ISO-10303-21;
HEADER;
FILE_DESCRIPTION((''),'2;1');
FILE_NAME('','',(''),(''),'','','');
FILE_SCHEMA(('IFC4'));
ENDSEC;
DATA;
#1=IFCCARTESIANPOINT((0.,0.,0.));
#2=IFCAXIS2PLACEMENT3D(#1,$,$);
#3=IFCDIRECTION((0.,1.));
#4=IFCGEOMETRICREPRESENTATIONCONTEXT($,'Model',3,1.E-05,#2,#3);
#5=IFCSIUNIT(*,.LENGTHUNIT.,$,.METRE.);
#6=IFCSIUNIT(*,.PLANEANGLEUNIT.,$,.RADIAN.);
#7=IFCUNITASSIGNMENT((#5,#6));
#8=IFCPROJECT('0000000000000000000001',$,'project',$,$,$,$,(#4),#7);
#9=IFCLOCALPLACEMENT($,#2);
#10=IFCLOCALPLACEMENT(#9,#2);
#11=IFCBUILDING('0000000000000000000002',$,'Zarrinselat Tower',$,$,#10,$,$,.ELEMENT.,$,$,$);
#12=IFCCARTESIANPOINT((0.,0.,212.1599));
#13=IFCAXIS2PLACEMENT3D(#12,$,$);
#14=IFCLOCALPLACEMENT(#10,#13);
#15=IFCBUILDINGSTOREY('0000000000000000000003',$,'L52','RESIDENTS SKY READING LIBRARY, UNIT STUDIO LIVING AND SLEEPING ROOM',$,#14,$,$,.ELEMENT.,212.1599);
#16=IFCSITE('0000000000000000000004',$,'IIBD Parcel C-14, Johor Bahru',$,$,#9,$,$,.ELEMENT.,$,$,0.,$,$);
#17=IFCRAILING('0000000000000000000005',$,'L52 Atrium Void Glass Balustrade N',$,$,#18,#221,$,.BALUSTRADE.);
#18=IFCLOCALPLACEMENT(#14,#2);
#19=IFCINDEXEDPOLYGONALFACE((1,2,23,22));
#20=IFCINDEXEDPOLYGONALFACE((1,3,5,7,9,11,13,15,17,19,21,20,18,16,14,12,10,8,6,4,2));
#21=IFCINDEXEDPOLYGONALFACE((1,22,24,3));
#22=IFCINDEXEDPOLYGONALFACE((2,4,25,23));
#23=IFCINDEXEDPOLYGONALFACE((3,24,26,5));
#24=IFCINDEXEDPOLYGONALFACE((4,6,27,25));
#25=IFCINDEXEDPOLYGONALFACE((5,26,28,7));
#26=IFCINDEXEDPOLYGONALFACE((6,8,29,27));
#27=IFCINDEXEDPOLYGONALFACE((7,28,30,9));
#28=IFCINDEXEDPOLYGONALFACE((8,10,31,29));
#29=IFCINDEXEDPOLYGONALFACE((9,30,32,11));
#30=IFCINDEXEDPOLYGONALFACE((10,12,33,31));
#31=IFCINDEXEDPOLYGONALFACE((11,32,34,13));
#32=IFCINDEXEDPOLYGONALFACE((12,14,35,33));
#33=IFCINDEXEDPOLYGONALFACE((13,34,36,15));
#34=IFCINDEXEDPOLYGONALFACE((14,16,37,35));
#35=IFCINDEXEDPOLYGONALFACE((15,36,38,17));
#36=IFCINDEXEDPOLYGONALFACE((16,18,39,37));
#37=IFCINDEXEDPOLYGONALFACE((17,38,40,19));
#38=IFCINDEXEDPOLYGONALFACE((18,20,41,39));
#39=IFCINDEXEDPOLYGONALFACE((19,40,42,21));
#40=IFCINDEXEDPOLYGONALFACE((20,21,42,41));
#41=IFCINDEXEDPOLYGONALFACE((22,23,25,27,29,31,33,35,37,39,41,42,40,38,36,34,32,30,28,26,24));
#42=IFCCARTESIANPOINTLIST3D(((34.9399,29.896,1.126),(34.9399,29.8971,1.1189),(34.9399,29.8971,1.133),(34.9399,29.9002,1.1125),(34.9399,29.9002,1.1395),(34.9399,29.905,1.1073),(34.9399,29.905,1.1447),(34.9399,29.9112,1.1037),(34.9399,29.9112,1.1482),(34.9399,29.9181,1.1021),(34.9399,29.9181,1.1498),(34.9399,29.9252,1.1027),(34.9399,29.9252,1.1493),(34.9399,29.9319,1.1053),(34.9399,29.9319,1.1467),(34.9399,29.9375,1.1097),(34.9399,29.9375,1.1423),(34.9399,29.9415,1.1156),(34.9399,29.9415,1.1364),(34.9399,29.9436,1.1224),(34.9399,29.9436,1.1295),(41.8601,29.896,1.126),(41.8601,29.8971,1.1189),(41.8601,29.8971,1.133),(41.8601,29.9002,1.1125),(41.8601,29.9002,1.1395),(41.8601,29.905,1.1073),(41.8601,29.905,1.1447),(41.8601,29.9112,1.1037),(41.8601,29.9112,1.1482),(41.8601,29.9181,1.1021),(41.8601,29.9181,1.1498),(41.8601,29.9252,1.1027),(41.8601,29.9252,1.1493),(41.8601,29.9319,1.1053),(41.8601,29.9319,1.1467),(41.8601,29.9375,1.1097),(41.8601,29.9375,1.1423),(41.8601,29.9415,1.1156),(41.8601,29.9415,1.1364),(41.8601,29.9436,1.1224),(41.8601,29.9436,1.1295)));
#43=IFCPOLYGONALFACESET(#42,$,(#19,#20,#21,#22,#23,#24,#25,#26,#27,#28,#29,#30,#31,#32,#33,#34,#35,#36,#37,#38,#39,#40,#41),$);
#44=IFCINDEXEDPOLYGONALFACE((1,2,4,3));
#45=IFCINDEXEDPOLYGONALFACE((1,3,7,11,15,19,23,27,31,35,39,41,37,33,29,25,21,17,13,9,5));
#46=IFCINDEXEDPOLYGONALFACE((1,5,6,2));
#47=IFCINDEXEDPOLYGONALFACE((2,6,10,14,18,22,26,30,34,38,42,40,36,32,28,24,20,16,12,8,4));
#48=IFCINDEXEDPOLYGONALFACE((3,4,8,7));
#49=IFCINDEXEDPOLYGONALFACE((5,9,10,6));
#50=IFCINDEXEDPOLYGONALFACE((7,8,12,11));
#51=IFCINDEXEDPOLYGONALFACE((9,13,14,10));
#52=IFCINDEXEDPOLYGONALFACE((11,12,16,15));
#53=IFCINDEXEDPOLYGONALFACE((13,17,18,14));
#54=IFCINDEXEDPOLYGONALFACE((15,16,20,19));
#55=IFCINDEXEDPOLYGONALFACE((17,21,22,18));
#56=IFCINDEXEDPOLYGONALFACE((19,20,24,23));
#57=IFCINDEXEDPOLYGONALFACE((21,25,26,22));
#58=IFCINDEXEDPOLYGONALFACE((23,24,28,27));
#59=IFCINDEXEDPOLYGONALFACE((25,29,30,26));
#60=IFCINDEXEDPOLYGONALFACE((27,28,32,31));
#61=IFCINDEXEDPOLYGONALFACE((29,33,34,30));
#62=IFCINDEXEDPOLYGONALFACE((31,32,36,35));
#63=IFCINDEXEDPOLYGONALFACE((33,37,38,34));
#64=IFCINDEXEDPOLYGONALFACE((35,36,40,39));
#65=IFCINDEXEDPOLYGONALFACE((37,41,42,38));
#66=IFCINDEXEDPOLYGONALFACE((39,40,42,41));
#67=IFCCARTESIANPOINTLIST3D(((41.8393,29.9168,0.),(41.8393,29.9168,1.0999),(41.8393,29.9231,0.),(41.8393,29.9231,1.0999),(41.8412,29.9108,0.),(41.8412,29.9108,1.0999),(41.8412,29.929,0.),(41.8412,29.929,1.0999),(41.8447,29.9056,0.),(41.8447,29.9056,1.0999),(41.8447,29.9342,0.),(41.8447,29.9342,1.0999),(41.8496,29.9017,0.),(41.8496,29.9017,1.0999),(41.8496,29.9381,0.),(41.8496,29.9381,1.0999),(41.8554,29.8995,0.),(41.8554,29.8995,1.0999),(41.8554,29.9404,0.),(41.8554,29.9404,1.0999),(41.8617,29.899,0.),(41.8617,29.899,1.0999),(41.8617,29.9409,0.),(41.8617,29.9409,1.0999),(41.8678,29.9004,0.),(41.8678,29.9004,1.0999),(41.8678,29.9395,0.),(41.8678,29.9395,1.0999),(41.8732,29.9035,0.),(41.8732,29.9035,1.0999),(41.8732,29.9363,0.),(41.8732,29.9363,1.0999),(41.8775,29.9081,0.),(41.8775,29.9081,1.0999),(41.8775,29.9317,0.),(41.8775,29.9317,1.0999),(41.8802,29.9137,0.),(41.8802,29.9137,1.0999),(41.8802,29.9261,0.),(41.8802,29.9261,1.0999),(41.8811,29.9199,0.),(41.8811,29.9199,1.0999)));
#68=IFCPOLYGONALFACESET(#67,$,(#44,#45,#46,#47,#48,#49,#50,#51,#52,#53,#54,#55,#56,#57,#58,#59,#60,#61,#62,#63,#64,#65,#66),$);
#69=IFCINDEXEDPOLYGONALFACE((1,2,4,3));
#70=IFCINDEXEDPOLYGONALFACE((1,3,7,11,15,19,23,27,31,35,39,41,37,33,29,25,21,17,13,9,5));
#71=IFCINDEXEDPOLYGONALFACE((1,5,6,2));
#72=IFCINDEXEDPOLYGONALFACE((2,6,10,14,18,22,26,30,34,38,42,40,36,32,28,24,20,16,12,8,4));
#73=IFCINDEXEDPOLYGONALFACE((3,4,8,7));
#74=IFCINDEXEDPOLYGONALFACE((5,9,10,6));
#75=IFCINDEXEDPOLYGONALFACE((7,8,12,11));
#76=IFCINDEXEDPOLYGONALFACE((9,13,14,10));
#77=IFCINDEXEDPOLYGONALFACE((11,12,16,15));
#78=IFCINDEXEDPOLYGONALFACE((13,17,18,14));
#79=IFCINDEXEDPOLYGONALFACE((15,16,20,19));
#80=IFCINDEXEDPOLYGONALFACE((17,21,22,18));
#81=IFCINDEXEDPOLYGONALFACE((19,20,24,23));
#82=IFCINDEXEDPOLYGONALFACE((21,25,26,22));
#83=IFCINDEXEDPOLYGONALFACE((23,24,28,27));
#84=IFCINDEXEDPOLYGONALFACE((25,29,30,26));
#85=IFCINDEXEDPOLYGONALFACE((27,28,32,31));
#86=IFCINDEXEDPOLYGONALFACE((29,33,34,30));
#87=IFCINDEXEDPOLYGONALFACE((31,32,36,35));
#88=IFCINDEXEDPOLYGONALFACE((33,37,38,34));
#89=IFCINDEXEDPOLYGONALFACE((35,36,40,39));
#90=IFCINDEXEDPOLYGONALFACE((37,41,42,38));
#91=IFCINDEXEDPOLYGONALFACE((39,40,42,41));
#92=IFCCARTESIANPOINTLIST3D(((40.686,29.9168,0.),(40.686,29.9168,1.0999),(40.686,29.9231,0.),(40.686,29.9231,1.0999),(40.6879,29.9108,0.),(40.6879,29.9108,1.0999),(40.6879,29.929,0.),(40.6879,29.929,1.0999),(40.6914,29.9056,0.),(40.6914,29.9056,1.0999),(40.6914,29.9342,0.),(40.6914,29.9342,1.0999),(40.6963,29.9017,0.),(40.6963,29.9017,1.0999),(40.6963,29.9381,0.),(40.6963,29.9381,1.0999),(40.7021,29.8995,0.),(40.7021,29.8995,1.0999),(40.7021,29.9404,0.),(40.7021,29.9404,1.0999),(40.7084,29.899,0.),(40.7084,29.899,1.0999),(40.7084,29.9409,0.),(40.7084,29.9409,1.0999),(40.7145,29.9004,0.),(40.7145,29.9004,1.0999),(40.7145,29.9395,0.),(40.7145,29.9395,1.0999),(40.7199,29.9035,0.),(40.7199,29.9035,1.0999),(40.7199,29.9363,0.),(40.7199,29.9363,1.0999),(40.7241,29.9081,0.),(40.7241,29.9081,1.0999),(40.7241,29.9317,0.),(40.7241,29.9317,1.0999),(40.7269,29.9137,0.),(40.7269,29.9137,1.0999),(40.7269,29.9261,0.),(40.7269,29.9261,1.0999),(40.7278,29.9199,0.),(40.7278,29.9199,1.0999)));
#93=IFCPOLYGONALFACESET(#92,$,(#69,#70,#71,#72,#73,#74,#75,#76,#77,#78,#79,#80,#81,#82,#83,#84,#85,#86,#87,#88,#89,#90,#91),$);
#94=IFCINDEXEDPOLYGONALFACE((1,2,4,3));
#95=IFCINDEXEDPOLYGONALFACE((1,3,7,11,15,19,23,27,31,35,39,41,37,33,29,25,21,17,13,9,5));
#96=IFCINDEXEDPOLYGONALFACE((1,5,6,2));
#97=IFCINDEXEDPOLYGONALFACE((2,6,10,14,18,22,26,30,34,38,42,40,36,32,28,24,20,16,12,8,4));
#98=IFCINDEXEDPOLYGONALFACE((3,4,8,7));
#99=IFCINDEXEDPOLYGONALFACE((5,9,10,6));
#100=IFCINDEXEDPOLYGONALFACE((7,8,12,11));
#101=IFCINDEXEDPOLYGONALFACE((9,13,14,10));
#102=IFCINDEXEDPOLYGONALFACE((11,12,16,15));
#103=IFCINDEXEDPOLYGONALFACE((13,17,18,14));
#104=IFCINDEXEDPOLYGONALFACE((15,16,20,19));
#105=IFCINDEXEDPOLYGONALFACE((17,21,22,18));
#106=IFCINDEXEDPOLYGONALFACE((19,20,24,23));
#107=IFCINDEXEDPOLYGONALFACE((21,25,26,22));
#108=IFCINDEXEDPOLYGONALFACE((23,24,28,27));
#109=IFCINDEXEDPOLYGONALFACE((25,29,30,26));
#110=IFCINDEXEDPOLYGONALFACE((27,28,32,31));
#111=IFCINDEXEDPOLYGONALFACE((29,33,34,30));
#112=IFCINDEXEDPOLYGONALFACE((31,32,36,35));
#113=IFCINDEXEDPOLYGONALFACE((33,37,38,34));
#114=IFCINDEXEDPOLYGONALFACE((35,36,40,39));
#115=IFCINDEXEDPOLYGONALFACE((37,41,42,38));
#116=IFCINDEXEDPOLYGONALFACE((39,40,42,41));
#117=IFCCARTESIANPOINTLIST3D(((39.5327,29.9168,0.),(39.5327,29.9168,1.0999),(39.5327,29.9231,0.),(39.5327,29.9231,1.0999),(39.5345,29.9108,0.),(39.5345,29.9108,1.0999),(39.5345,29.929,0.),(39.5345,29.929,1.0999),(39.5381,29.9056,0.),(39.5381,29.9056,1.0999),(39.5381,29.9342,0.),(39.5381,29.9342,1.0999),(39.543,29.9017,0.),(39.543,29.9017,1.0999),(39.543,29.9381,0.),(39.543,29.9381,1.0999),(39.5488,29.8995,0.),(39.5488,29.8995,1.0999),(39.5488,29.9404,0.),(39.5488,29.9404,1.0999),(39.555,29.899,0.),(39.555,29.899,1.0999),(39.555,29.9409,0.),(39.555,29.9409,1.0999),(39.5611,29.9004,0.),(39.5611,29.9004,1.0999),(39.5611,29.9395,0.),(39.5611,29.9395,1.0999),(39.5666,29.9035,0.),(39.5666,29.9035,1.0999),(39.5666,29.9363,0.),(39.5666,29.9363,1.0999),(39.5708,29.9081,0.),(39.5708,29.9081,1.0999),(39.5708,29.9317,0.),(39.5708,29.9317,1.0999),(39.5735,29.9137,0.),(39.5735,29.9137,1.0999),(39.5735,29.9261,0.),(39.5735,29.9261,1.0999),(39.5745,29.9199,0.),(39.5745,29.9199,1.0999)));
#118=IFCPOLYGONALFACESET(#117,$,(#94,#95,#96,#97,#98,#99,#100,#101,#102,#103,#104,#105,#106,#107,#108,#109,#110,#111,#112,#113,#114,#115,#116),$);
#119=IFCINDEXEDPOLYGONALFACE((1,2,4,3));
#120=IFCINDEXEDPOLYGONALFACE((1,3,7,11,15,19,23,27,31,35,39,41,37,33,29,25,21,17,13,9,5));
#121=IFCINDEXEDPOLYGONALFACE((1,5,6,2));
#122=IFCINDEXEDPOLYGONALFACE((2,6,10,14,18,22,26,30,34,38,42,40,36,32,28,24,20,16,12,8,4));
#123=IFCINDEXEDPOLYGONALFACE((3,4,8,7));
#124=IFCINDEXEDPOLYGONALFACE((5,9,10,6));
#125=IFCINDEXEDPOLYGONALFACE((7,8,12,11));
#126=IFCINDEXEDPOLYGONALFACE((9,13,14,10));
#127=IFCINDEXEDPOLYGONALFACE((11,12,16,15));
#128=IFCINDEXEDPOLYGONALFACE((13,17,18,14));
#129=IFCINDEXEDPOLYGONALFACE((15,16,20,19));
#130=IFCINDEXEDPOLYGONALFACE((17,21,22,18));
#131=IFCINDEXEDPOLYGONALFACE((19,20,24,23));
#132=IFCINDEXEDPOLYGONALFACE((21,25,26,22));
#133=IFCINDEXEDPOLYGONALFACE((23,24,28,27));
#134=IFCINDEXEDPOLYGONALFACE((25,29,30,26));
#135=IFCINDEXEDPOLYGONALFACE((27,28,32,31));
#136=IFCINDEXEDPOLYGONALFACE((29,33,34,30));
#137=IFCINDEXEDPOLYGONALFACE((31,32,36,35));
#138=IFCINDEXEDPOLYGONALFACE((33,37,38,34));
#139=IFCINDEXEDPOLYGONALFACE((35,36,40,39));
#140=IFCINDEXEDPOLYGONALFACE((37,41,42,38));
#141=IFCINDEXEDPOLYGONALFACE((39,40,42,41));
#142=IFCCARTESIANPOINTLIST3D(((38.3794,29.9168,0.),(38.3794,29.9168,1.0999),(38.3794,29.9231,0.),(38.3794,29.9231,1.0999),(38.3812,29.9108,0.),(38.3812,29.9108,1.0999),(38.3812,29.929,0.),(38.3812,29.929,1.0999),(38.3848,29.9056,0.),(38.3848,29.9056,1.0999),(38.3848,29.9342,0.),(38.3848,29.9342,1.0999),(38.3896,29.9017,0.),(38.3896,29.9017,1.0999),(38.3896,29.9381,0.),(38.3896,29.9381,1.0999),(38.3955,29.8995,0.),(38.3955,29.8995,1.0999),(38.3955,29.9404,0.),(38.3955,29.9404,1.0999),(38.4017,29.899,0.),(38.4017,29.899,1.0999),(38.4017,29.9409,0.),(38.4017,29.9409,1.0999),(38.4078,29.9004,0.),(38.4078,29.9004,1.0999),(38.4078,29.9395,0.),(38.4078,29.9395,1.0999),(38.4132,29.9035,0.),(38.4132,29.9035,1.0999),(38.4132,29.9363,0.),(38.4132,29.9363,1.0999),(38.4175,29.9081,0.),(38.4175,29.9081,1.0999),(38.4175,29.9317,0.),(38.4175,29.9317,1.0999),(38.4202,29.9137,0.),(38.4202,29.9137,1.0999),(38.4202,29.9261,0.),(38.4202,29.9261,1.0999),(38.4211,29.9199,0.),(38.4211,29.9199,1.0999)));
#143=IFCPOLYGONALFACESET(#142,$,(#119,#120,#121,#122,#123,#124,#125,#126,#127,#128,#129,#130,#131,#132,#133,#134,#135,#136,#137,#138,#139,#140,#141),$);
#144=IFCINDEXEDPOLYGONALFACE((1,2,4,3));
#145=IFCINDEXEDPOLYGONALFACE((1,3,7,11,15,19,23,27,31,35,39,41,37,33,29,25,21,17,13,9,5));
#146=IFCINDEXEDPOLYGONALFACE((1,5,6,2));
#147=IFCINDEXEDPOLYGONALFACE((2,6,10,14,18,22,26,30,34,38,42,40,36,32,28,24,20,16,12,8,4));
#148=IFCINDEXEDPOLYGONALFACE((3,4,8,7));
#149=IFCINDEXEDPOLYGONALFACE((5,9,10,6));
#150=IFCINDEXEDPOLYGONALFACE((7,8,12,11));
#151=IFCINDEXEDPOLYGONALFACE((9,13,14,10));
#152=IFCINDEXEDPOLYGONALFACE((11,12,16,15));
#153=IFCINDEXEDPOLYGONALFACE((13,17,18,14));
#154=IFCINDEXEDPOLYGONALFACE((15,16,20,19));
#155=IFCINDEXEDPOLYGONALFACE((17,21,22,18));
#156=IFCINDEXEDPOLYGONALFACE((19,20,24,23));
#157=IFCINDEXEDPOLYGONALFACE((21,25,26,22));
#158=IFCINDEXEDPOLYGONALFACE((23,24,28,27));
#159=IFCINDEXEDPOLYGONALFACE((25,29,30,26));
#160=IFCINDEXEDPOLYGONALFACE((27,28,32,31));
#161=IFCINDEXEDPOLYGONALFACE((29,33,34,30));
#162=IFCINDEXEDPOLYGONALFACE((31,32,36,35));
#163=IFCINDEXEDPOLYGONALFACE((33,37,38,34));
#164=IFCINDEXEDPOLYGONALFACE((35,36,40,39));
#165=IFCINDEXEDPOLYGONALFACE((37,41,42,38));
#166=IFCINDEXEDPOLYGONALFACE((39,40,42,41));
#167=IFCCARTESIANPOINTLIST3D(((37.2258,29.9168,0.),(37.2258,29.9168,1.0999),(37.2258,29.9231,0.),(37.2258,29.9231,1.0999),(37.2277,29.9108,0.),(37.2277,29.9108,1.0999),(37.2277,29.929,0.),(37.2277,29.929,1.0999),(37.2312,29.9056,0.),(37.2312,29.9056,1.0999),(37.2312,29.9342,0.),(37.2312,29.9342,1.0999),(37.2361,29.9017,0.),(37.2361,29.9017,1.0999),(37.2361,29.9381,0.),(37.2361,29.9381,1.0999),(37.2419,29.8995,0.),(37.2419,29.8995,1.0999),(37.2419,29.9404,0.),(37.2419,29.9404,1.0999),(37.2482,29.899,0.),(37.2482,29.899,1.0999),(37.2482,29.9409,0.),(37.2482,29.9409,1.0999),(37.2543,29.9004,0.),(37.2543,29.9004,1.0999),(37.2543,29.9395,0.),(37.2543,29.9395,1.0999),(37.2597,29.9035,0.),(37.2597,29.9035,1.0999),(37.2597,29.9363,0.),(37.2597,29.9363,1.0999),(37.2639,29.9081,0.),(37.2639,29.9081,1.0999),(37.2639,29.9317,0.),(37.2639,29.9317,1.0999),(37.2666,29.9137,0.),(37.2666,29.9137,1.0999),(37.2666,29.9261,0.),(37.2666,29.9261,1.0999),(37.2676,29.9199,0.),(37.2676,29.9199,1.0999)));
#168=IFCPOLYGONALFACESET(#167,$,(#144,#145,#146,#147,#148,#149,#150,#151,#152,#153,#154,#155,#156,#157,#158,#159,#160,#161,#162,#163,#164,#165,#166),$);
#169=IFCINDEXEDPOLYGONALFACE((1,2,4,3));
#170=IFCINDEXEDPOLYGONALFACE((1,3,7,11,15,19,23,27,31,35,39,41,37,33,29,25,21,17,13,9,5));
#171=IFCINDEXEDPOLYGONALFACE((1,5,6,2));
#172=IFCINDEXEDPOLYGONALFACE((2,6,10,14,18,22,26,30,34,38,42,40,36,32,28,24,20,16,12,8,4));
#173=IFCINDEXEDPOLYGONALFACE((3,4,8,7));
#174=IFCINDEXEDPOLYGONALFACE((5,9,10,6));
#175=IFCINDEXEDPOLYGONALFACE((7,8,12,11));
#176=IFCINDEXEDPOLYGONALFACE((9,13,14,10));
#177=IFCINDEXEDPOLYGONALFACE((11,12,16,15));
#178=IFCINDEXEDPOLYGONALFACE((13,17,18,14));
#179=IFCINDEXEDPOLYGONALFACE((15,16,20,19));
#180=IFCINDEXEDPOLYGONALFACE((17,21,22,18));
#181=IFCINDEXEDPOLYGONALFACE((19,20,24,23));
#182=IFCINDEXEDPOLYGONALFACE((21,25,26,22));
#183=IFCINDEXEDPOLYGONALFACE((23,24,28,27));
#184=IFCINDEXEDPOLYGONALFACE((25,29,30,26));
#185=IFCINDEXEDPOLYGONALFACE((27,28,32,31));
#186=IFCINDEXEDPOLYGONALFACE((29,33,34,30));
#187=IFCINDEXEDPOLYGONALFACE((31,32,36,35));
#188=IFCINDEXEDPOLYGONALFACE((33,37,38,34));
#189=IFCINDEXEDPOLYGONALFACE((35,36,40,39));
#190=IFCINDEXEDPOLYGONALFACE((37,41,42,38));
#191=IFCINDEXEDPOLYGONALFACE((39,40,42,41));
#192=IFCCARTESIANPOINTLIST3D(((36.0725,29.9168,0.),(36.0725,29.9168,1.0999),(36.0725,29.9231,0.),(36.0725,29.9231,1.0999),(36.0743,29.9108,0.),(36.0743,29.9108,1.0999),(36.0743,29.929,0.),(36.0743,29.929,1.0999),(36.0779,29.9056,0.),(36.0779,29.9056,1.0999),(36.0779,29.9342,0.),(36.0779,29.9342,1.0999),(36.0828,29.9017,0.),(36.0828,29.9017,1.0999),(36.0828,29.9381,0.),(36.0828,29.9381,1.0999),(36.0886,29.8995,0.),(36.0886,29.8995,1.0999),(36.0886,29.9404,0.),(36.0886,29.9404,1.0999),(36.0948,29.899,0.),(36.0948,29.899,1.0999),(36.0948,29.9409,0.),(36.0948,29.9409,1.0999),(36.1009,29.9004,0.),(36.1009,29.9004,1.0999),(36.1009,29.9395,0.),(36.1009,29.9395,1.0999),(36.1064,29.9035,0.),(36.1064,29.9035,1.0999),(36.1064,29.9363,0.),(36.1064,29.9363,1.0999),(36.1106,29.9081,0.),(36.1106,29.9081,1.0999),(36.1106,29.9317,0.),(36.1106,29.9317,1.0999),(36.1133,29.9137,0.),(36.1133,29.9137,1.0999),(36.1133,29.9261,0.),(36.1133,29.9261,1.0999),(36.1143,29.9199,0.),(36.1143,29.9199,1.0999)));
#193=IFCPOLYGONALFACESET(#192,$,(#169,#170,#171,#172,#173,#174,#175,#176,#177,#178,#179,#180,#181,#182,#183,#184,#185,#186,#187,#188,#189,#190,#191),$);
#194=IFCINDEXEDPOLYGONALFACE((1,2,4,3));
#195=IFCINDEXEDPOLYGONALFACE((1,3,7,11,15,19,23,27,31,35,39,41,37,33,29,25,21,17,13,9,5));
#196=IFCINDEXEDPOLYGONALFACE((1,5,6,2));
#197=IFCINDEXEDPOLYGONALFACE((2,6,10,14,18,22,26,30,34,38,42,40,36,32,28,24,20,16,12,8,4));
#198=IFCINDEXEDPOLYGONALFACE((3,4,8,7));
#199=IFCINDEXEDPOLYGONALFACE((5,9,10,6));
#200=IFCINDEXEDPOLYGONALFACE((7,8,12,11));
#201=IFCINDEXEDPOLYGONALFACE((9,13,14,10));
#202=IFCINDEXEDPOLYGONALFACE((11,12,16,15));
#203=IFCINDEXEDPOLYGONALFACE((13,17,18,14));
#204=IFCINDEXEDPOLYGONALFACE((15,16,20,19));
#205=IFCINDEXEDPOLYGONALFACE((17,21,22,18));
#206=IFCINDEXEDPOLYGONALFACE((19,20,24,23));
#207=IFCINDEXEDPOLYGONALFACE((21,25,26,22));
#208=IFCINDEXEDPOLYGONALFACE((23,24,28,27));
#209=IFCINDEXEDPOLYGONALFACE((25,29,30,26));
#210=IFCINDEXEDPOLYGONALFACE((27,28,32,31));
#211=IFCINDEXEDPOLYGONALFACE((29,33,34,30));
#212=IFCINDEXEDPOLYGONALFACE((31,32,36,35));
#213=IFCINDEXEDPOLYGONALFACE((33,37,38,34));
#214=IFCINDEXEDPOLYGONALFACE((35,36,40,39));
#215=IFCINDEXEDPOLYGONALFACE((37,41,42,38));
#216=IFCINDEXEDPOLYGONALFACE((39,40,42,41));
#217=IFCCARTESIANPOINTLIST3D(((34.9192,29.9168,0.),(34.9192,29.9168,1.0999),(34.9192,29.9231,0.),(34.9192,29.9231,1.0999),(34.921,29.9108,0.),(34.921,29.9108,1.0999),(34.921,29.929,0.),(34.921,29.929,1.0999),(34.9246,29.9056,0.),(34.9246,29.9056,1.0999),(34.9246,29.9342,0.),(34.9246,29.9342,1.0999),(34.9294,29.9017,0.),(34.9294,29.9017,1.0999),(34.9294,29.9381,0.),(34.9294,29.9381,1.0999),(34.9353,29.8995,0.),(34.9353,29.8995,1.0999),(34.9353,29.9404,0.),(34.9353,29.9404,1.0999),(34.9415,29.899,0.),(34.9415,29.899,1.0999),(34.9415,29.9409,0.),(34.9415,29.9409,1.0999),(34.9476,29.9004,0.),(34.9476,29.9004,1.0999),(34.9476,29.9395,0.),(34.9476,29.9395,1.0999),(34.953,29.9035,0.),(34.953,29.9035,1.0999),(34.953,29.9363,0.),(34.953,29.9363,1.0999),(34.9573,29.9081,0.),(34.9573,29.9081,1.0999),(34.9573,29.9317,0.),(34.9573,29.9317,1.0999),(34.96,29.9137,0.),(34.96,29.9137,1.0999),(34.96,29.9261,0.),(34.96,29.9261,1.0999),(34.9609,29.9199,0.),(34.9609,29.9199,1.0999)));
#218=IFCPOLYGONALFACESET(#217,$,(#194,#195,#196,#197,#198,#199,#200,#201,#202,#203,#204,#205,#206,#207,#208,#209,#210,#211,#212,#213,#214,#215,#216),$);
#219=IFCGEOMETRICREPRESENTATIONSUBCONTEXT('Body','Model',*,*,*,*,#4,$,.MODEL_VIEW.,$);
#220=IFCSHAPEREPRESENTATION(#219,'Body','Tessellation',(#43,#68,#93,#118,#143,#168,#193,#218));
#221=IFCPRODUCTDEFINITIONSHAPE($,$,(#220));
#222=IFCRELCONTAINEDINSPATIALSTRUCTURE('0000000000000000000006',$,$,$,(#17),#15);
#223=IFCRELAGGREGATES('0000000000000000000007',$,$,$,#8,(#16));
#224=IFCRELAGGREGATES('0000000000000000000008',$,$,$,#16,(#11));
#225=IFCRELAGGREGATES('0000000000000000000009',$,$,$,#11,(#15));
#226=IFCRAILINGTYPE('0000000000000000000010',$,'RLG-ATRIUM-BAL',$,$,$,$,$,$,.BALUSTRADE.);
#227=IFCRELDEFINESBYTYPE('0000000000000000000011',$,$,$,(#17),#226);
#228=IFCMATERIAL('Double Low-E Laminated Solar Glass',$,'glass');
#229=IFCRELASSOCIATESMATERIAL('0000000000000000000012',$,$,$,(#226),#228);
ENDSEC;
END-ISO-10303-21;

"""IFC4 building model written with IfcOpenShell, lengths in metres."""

from ifc_helpers import new_model, si_unit, direction, frame, origin, origin_2d, place, context, subcontext, project, spatial, circle, extrude, material, type_object, element, save


model = new_model("IFC4")

# Units and contexts
model_context = context("Model", 3, precision=1e-05, world=origin(), true_north=direction((0.0, 1.0)))
body_context = subcontext(model_context, "Body", "Model", "MODEL_VIEW")
ifc_project = project(units=[si_unit("LENGTHUNIT", "METRE"), si_unit("PLANEANGLEUNIT", "RADIAN")], contexts=[model_context])

# Site, building, storey
site_placement = place(None, origin())
site = spatial("IfcSite", under=ifc_project, at=site_placement, Name="IIBD Parcel C-14, Johor Bahru", CompositionType="ELEMENT", RefElevation=0.0)
building_placement = place(site_placement, origin())
building = spatial("IfcBuilding", under=site, at=building_placement, Name="Zarrinselat Tower", CompositionType="ELEMENT")
storey_placement = place(building_placement, frame((0.0, 0.0, 212.1599)))
storey = spatial("IfcBuildingStorey", under=building, at=storey_placement, Name="L52", Description="RESIDENTS SKY READING LIBRARY, UNIT STUDIO LIVING AND SLEEPING ROOM", CompositionType="ELEMENT", Elevation=212.1599)

# Railing
ifc_material_1 = material(Name="Double Low-E Laminated Solar Glass", Category="glass")
railing_type_1 = type_object("IfcRailingType", Name="RLG-ATRIUM-BAL", PredefinedType="BALUSTRADE", material=ifc_material_1)
railing_1_placement = place(storey_placement, frame((41.8601, 29.9199, 0.0)))
element("IfcRailing", 1, at=railing_1_placement, inside=storey, type_object=railing_type_1, Name="L52 Atrium Void Glass Balustrade N", PredefinedType="BALUSTRADE", context=body_context, shape_type="SweptSolid", body=[
    extrude(circle(Radius=0.0239, at=origin_2d()), frame((0.0, 0.0, 1.126), z_axis=(-1.0, 0.0, 0.0), x_axis=(0.0, -1.0, 0.0)), (0.0, 0.0, 1.0), 6.9202),
    extrude(circle(Radius=0.021, at=origin_2d()), origin(), (0.0, 0.0, 1.0), 1.0999),
    extrude(circle(Radius=0.021, at=origin_2d()), frame((-1.1533, 0.0, 0.0)), (0.0, 0.0, 1.0), 1.0999),
    extrude(circle(Radius=0.021, at=origin_2d()), frame((-2.3066, 0.0, 0.0)), (0.0, 0.0, 1.0), 1.0999),
    extrude(circle(Radius=0.021, at=origin_2d()), frame((-3.46, 0.0, 0.0)), (0.0, 0.0, 1.0), 1.0999),
    extrude(circle(Radius=0.021, at=origin_2d()), frame((-4.6135, 0.0, 0.0)), (0.0, 0.0, 1.0), 1.0999),
    extrude(circle(Radius=0.021, at=origin_2d()), frame((-5.7668, 0.0, 0.0)), (0.0, 0.0, 1.0), 1.0999),
    extrude(circle(Radius=0.021, at=origin_2d()), frame((-6.9202, 0.0, 0.0)), (0.0, 0.0, 1.0), 1.0999),
])

save(model, "model.ifc")
